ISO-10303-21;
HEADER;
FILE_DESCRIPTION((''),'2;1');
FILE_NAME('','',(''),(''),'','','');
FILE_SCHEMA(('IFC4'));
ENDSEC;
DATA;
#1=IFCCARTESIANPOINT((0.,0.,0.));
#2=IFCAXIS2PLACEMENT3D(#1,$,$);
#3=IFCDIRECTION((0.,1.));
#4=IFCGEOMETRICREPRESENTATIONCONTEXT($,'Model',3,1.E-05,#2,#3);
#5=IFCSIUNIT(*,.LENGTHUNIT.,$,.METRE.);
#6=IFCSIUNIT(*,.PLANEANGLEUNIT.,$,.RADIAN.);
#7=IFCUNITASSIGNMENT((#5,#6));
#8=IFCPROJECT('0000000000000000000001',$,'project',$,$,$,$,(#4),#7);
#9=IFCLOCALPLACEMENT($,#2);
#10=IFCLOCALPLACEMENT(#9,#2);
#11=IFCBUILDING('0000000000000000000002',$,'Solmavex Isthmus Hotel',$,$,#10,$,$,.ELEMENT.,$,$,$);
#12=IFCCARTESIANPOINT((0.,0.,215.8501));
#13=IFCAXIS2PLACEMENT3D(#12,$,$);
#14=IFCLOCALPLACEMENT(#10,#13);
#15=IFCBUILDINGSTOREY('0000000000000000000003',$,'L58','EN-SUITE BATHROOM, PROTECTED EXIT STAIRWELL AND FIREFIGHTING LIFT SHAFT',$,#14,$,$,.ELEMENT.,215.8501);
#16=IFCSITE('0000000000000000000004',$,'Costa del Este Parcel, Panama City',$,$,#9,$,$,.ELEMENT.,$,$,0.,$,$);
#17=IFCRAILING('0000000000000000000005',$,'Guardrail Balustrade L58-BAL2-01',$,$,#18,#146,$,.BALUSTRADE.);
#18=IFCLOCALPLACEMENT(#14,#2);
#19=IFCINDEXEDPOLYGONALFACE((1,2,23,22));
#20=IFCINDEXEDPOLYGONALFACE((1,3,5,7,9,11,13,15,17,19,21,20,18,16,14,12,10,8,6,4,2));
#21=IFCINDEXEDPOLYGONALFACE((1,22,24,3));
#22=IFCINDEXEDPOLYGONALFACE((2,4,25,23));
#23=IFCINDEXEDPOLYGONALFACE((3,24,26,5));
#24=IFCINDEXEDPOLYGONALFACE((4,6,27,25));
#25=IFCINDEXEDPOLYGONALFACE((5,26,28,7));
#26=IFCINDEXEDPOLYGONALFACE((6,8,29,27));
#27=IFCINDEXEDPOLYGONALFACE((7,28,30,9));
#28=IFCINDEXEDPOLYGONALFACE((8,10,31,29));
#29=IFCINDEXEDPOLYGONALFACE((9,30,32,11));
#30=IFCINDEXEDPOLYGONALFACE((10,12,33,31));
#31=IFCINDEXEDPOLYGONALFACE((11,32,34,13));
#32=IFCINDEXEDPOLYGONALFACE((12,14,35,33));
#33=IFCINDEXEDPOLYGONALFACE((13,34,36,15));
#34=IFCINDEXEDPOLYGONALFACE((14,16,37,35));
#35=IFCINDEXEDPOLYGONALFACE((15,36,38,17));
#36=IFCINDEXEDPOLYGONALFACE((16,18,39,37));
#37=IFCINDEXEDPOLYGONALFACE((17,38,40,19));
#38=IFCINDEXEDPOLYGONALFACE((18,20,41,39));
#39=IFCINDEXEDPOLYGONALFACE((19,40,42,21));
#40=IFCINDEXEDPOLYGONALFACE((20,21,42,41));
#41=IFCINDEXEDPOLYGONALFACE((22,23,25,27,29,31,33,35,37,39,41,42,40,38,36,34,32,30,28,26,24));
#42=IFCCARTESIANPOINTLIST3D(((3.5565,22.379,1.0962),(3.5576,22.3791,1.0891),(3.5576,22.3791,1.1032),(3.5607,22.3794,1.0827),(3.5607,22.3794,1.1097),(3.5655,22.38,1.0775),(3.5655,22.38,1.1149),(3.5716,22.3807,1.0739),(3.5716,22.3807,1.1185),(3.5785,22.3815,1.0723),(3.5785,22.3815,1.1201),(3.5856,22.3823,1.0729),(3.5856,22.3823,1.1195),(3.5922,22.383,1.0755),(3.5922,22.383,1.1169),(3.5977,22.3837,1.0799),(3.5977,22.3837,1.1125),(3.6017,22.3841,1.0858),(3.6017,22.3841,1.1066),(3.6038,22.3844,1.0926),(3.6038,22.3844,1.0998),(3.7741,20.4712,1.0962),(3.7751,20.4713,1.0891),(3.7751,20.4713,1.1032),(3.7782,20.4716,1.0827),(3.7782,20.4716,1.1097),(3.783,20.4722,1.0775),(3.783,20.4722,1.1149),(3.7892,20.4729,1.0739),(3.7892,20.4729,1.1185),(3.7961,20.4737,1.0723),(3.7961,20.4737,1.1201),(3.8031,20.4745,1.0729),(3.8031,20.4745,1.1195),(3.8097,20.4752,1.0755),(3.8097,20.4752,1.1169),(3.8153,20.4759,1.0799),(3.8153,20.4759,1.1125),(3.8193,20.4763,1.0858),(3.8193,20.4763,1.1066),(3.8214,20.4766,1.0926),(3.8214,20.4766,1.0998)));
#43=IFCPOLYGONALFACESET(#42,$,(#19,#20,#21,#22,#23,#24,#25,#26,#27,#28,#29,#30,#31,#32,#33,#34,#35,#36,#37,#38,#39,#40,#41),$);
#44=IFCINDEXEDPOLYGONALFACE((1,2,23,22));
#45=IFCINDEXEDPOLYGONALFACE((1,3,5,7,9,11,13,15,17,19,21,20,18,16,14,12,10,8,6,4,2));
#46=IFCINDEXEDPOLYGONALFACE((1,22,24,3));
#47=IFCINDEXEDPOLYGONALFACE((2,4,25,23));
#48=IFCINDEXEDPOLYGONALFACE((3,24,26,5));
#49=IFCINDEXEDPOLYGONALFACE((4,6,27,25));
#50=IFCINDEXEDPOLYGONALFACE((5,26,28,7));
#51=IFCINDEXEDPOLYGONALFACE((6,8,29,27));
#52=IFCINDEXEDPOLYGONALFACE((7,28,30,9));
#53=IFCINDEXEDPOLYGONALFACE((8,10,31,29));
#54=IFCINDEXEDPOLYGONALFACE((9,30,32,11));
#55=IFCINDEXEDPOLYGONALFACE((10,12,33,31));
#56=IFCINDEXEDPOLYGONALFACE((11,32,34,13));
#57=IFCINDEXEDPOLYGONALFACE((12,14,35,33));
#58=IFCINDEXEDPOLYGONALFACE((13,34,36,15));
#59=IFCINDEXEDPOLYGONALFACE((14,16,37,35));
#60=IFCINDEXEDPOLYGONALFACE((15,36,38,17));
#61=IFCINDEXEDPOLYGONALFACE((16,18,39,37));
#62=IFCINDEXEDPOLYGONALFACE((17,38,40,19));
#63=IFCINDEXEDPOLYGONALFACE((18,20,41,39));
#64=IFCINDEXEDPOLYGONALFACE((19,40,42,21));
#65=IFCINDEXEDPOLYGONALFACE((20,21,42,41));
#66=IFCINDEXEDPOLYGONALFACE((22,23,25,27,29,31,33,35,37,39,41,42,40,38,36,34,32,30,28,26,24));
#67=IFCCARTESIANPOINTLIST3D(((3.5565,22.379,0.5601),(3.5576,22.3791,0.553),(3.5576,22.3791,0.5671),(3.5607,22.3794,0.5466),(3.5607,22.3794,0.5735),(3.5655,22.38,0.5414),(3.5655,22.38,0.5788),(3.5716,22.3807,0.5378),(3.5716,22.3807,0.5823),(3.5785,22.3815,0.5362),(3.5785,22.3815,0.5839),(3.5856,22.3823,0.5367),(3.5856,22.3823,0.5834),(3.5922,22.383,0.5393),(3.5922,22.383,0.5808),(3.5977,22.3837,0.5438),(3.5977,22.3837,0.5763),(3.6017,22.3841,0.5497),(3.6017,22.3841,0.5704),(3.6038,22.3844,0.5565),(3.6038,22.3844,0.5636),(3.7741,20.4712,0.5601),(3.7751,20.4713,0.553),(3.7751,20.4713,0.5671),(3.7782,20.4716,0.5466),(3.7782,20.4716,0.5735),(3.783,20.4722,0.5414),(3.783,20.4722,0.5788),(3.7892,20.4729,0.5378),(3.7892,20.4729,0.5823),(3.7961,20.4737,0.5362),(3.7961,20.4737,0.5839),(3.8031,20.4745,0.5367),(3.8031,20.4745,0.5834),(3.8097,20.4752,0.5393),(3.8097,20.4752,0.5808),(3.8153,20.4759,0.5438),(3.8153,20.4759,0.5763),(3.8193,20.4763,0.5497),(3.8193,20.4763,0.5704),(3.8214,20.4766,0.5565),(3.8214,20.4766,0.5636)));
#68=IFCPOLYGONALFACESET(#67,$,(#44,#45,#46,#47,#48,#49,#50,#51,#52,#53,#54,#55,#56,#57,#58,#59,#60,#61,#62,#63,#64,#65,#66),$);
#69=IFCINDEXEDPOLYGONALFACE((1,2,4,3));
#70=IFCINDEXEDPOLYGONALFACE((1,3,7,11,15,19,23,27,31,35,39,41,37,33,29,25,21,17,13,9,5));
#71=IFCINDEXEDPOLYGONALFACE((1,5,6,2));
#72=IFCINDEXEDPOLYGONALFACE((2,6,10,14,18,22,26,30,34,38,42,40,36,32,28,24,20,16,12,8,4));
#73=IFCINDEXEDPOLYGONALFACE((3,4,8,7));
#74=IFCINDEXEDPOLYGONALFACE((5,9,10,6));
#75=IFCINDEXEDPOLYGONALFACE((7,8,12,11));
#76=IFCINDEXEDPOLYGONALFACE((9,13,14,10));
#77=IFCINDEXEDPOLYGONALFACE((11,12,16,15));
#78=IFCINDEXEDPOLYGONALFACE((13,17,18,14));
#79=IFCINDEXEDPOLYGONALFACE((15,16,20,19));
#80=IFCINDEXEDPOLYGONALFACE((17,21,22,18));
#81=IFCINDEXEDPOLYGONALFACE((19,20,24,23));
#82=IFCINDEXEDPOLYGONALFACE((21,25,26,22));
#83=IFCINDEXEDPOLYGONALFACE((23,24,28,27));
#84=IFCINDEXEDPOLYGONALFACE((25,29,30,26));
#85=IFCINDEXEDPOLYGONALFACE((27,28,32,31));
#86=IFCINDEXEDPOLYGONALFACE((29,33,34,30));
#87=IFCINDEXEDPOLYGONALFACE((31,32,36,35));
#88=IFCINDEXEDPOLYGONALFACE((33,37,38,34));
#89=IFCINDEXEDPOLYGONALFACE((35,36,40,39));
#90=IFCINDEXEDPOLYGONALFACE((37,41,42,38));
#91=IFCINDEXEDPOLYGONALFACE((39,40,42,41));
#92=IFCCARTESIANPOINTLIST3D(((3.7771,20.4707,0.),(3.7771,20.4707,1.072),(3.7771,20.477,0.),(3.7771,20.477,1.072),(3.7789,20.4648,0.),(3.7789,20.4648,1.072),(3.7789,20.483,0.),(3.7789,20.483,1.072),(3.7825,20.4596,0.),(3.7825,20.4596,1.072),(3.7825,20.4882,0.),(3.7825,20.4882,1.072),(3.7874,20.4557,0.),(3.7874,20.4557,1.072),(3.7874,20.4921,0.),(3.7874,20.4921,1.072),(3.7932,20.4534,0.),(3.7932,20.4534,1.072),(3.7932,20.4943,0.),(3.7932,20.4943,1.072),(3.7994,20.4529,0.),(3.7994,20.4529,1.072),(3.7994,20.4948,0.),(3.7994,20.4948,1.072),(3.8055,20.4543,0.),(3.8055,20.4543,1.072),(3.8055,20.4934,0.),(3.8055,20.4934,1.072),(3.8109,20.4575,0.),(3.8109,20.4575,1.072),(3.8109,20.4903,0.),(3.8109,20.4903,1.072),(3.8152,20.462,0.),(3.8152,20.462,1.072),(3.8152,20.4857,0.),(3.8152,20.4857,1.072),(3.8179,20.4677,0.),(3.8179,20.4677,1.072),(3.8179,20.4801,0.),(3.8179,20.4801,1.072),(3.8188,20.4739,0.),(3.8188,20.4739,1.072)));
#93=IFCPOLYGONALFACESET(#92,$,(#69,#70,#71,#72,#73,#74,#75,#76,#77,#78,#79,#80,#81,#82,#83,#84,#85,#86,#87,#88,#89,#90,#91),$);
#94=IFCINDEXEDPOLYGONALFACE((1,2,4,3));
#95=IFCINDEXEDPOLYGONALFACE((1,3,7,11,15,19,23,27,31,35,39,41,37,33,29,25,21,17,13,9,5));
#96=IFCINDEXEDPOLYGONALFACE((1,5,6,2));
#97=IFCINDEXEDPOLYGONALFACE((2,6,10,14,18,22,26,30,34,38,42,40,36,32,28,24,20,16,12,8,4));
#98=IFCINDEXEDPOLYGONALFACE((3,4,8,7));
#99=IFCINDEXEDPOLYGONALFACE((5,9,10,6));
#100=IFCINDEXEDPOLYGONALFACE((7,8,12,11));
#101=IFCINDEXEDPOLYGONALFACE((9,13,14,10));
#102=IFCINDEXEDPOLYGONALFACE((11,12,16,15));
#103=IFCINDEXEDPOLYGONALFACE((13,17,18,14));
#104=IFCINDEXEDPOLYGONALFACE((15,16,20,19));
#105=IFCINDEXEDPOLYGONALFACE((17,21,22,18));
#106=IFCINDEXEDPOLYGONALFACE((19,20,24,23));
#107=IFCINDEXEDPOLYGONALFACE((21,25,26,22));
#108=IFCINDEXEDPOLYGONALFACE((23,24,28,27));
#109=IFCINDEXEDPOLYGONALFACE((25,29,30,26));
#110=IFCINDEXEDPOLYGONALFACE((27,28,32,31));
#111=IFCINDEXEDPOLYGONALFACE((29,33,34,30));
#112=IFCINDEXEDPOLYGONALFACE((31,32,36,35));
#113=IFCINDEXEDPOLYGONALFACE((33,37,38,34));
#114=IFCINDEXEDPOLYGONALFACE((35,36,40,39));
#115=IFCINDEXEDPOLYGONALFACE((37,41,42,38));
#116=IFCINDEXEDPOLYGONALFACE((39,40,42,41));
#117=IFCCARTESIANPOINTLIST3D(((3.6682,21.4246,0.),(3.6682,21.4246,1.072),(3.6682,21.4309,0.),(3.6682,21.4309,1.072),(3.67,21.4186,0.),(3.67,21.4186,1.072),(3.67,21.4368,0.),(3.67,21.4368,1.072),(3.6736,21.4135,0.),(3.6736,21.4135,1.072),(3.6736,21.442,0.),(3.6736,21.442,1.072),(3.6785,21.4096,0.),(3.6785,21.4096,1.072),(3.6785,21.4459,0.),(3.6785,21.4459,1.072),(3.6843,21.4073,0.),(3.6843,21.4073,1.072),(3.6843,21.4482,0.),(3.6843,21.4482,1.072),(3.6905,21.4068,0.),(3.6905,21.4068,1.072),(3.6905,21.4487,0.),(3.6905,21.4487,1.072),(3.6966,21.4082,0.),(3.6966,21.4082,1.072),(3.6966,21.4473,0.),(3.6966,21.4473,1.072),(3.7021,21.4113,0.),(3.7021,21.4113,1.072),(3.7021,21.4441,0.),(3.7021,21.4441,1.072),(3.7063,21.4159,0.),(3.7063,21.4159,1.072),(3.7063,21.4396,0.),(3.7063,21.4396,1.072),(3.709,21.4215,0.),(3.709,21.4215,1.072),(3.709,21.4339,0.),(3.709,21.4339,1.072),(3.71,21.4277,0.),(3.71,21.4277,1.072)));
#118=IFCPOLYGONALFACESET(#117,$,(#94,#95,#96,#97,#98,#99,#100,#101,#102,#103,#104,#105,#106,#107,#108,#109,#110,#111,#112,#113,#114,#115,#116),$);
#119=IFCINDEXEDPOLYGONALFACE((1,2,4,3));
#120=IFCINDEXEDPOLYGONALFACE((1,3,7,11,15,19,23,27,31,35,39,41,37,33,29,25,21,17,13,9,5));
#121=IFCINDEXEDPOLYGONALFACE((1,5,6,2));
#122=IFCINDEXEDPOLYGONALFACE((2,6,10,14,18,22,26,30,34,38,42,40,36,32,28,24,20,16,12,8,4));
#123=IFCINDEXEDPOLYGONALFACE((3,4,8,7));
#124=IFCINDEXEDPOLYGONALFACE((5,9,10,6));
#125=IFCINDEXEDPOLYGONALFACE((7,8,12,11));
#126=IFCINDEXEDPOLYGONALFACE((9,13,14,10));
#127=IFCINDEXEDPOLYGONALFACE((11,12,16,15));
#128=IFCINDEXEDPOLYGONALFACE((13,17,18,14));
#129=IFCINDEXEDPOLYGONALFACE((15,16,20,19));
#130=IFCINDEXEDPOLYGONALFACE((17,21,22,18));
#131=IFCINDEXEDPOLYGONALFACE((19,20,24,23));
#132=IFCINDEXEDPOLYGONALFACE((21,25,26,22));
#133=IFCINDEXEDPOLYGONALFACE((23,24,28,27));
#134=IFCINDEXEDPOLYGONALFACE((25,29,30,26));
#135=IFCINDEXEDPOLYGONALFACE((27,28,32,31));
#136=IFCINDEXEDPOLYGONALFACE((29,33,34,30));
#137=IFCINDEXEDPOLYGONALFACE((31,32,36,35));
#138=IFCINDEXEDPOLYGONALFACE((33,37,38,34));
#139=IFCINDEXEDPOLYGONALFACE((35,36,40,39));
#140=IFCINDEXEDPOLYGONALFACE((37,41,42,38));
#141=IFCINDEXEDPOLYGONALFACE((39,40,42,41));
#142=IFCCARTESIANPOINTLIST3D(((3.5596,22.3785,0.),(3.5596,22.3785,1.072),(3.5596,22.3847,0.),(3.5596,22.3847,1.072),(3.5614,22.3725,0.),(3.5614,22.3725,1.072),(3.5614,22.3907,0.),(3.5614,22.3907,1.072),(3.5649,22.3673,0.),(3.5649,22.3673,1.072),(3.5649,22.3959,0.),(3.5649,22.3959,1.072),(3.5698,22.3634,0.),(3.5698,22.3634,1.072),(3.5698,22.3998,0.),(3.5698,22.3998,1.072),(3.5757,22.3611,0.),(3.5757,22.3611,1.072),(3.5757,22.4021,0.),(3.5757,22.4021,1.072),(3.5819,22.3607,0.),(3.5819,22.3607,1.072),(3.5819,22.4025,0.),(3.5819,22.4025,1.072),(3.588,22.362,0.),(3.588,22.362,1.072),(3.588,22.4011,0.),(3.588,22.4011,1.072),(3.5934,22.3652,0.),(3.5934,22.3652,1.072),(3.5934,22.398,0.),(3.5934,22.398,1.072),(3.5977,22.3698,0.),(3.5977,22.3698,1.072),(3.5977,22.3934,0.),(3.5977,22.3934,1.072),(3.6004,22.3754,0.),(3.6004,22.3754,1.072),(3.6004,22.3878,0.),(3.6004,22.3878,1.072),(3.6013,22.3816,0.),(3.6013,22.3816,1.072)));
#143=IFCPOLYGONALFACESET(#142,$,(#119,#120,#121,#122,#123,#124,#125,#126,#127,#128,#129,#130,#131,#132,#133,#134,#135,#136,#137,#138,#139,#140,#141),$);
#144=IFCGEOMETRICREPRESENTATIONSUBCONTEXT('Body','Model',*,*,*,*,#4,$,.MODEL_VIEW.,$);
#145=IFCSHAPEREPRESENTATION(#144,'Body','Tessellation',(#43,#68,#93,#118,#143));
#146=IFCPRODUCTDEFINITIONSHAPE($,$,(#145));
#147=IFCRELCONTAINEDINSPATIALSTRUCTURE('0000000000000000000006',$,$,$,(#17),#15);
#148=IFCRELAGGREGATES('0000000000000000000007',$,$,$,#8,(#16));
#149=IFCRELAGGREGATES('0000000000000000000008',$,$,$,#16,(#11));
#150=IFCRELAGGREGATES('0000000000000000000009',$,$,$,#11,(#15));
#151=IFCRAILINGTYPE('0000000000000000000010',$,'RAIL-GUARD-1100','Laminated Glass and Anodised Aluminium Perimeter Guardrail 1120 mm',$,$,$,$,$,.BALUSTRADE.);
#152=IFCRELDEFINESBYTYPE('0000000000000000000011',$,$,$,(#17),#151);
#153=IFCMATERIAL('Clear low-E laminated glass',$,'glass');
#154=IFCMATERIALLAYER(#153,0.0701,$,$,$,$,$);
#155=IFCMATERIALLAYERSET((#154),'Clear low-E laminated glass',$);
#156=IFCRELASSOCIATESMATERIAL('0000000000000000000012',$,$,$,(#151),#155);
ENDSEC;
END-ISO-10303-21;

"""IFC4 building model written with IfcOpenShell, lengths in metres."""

from ifc_helpers import new_model, si_unit, direction, frame, origin, origin_2d, place, context, subcontext, project, spatial, circle, extrude, material, layer, layer_set, type_object, element, save


model = new_model("IFC4")

# Units and contexts
model_context = context("Model", 3, precision=1e-05, world=origin(), true_north=direction((0.0, 1.0)))
body_context = subcontext(model_context, "Body", "Model", "MODEL_VIEW")
ifc_project = project(units=[si_unit("LENGTHUNIT", "METRE"), si_unit("PLANEANGLEUNIT", "RADIAN")], contexts=[model_context])

# Site, building, storey
site_placement = place(None, origin())
site = spatial("IfcSite", under=ifc_project, at=site_placement, Name="Costa del Este Parcel, Panama City", CompositionType="ELEMENT", RefElevation=0.0)
building_placement = place(site_placement, origin())
building = spatial("IfcBuilding", under=site, at=building_placement, Name="Solmavex Isthmus Hotel", CompositionType="ELEMENT")
storey_placement = place(building_placement, frame((0.0, 0.0, 215.8501)))
storey = spatial("IfcBuildingStorey", under=building, at=storey_placement, Name="L58", Description="EN-SUITE BATHROOM, PROTECTED EXIT STAIRWELL AND FIREFIGHTING LIFT SHAFT", CompositionType="ELEMENT", Elevation=215.8501)

# Shared definitions
ifc_material_1 = material(Name="Clear low-E laminated glass", Category="glass")

# Railing
ifc_layer_1 = layer(ifc_material_1, 0.0701)
ifc_layer_set_1 = layer_set([ifc_layer_1], Name="Clear low-E laminated glass")
railing_type_1 = type_object("IfcRailingType", Name="RAIL-GUARD-1100", Description="Laminated Glass and Anodised Aluminium Perimeter Guardrail 1120 mm", PredefinedType="BALUSTRADE", material=ifc_layer_set_1)
railing_1_placement = place(storey_placement, frame((3.7979, 20.4739, 0.0)))
element("IfcRailing", 1, at=railing_1_placement, inside=storey, type_object=railing_type_1, Name="Guardrail Balustrade L58-BAL2-01", PredefinedType="BALUSTRADE", context=body_context, shape_type="SweptSolid", body=[
    extrude(circle(Radius=0.0239, at=origin_2d()), frame((0.0, 0.0, 1.0962), z_axis=(-0.113292, 0.993562, 0.0), x_axis=(-0.993562, -0.113292, 0.0)), (0.0, 0.0, 1.0), 1.9202),
    extrude(circle(Radius=0.0239, at=origin_2d()), frame((0.0, 0.0, 0.5601), z_axis=(-0.113292, 0.993562, 0.0), x_axis=(-0.993562, -0.113292, 0.0)), (0.0, 0.0, 1.0), 1.9202),
    extrude(circle(Radius=0.021, at=origin_2d()), origin(), (0.0, 0.0, 1.0), 1.072),
    extrude(circle(Radius=0.021, at=origin_2d()), frame((-0.1089, 0.9539, 0.0)), (0.0, 0.0, 1.0), 1.072),
    extrude(circle(Radius=0.021, at=origin_2d()), frame((-0.2175, 1.9077, 0.0)), (0.0, 0.0, 1.0), 1.072),
])

save(model, "model.ifc")
